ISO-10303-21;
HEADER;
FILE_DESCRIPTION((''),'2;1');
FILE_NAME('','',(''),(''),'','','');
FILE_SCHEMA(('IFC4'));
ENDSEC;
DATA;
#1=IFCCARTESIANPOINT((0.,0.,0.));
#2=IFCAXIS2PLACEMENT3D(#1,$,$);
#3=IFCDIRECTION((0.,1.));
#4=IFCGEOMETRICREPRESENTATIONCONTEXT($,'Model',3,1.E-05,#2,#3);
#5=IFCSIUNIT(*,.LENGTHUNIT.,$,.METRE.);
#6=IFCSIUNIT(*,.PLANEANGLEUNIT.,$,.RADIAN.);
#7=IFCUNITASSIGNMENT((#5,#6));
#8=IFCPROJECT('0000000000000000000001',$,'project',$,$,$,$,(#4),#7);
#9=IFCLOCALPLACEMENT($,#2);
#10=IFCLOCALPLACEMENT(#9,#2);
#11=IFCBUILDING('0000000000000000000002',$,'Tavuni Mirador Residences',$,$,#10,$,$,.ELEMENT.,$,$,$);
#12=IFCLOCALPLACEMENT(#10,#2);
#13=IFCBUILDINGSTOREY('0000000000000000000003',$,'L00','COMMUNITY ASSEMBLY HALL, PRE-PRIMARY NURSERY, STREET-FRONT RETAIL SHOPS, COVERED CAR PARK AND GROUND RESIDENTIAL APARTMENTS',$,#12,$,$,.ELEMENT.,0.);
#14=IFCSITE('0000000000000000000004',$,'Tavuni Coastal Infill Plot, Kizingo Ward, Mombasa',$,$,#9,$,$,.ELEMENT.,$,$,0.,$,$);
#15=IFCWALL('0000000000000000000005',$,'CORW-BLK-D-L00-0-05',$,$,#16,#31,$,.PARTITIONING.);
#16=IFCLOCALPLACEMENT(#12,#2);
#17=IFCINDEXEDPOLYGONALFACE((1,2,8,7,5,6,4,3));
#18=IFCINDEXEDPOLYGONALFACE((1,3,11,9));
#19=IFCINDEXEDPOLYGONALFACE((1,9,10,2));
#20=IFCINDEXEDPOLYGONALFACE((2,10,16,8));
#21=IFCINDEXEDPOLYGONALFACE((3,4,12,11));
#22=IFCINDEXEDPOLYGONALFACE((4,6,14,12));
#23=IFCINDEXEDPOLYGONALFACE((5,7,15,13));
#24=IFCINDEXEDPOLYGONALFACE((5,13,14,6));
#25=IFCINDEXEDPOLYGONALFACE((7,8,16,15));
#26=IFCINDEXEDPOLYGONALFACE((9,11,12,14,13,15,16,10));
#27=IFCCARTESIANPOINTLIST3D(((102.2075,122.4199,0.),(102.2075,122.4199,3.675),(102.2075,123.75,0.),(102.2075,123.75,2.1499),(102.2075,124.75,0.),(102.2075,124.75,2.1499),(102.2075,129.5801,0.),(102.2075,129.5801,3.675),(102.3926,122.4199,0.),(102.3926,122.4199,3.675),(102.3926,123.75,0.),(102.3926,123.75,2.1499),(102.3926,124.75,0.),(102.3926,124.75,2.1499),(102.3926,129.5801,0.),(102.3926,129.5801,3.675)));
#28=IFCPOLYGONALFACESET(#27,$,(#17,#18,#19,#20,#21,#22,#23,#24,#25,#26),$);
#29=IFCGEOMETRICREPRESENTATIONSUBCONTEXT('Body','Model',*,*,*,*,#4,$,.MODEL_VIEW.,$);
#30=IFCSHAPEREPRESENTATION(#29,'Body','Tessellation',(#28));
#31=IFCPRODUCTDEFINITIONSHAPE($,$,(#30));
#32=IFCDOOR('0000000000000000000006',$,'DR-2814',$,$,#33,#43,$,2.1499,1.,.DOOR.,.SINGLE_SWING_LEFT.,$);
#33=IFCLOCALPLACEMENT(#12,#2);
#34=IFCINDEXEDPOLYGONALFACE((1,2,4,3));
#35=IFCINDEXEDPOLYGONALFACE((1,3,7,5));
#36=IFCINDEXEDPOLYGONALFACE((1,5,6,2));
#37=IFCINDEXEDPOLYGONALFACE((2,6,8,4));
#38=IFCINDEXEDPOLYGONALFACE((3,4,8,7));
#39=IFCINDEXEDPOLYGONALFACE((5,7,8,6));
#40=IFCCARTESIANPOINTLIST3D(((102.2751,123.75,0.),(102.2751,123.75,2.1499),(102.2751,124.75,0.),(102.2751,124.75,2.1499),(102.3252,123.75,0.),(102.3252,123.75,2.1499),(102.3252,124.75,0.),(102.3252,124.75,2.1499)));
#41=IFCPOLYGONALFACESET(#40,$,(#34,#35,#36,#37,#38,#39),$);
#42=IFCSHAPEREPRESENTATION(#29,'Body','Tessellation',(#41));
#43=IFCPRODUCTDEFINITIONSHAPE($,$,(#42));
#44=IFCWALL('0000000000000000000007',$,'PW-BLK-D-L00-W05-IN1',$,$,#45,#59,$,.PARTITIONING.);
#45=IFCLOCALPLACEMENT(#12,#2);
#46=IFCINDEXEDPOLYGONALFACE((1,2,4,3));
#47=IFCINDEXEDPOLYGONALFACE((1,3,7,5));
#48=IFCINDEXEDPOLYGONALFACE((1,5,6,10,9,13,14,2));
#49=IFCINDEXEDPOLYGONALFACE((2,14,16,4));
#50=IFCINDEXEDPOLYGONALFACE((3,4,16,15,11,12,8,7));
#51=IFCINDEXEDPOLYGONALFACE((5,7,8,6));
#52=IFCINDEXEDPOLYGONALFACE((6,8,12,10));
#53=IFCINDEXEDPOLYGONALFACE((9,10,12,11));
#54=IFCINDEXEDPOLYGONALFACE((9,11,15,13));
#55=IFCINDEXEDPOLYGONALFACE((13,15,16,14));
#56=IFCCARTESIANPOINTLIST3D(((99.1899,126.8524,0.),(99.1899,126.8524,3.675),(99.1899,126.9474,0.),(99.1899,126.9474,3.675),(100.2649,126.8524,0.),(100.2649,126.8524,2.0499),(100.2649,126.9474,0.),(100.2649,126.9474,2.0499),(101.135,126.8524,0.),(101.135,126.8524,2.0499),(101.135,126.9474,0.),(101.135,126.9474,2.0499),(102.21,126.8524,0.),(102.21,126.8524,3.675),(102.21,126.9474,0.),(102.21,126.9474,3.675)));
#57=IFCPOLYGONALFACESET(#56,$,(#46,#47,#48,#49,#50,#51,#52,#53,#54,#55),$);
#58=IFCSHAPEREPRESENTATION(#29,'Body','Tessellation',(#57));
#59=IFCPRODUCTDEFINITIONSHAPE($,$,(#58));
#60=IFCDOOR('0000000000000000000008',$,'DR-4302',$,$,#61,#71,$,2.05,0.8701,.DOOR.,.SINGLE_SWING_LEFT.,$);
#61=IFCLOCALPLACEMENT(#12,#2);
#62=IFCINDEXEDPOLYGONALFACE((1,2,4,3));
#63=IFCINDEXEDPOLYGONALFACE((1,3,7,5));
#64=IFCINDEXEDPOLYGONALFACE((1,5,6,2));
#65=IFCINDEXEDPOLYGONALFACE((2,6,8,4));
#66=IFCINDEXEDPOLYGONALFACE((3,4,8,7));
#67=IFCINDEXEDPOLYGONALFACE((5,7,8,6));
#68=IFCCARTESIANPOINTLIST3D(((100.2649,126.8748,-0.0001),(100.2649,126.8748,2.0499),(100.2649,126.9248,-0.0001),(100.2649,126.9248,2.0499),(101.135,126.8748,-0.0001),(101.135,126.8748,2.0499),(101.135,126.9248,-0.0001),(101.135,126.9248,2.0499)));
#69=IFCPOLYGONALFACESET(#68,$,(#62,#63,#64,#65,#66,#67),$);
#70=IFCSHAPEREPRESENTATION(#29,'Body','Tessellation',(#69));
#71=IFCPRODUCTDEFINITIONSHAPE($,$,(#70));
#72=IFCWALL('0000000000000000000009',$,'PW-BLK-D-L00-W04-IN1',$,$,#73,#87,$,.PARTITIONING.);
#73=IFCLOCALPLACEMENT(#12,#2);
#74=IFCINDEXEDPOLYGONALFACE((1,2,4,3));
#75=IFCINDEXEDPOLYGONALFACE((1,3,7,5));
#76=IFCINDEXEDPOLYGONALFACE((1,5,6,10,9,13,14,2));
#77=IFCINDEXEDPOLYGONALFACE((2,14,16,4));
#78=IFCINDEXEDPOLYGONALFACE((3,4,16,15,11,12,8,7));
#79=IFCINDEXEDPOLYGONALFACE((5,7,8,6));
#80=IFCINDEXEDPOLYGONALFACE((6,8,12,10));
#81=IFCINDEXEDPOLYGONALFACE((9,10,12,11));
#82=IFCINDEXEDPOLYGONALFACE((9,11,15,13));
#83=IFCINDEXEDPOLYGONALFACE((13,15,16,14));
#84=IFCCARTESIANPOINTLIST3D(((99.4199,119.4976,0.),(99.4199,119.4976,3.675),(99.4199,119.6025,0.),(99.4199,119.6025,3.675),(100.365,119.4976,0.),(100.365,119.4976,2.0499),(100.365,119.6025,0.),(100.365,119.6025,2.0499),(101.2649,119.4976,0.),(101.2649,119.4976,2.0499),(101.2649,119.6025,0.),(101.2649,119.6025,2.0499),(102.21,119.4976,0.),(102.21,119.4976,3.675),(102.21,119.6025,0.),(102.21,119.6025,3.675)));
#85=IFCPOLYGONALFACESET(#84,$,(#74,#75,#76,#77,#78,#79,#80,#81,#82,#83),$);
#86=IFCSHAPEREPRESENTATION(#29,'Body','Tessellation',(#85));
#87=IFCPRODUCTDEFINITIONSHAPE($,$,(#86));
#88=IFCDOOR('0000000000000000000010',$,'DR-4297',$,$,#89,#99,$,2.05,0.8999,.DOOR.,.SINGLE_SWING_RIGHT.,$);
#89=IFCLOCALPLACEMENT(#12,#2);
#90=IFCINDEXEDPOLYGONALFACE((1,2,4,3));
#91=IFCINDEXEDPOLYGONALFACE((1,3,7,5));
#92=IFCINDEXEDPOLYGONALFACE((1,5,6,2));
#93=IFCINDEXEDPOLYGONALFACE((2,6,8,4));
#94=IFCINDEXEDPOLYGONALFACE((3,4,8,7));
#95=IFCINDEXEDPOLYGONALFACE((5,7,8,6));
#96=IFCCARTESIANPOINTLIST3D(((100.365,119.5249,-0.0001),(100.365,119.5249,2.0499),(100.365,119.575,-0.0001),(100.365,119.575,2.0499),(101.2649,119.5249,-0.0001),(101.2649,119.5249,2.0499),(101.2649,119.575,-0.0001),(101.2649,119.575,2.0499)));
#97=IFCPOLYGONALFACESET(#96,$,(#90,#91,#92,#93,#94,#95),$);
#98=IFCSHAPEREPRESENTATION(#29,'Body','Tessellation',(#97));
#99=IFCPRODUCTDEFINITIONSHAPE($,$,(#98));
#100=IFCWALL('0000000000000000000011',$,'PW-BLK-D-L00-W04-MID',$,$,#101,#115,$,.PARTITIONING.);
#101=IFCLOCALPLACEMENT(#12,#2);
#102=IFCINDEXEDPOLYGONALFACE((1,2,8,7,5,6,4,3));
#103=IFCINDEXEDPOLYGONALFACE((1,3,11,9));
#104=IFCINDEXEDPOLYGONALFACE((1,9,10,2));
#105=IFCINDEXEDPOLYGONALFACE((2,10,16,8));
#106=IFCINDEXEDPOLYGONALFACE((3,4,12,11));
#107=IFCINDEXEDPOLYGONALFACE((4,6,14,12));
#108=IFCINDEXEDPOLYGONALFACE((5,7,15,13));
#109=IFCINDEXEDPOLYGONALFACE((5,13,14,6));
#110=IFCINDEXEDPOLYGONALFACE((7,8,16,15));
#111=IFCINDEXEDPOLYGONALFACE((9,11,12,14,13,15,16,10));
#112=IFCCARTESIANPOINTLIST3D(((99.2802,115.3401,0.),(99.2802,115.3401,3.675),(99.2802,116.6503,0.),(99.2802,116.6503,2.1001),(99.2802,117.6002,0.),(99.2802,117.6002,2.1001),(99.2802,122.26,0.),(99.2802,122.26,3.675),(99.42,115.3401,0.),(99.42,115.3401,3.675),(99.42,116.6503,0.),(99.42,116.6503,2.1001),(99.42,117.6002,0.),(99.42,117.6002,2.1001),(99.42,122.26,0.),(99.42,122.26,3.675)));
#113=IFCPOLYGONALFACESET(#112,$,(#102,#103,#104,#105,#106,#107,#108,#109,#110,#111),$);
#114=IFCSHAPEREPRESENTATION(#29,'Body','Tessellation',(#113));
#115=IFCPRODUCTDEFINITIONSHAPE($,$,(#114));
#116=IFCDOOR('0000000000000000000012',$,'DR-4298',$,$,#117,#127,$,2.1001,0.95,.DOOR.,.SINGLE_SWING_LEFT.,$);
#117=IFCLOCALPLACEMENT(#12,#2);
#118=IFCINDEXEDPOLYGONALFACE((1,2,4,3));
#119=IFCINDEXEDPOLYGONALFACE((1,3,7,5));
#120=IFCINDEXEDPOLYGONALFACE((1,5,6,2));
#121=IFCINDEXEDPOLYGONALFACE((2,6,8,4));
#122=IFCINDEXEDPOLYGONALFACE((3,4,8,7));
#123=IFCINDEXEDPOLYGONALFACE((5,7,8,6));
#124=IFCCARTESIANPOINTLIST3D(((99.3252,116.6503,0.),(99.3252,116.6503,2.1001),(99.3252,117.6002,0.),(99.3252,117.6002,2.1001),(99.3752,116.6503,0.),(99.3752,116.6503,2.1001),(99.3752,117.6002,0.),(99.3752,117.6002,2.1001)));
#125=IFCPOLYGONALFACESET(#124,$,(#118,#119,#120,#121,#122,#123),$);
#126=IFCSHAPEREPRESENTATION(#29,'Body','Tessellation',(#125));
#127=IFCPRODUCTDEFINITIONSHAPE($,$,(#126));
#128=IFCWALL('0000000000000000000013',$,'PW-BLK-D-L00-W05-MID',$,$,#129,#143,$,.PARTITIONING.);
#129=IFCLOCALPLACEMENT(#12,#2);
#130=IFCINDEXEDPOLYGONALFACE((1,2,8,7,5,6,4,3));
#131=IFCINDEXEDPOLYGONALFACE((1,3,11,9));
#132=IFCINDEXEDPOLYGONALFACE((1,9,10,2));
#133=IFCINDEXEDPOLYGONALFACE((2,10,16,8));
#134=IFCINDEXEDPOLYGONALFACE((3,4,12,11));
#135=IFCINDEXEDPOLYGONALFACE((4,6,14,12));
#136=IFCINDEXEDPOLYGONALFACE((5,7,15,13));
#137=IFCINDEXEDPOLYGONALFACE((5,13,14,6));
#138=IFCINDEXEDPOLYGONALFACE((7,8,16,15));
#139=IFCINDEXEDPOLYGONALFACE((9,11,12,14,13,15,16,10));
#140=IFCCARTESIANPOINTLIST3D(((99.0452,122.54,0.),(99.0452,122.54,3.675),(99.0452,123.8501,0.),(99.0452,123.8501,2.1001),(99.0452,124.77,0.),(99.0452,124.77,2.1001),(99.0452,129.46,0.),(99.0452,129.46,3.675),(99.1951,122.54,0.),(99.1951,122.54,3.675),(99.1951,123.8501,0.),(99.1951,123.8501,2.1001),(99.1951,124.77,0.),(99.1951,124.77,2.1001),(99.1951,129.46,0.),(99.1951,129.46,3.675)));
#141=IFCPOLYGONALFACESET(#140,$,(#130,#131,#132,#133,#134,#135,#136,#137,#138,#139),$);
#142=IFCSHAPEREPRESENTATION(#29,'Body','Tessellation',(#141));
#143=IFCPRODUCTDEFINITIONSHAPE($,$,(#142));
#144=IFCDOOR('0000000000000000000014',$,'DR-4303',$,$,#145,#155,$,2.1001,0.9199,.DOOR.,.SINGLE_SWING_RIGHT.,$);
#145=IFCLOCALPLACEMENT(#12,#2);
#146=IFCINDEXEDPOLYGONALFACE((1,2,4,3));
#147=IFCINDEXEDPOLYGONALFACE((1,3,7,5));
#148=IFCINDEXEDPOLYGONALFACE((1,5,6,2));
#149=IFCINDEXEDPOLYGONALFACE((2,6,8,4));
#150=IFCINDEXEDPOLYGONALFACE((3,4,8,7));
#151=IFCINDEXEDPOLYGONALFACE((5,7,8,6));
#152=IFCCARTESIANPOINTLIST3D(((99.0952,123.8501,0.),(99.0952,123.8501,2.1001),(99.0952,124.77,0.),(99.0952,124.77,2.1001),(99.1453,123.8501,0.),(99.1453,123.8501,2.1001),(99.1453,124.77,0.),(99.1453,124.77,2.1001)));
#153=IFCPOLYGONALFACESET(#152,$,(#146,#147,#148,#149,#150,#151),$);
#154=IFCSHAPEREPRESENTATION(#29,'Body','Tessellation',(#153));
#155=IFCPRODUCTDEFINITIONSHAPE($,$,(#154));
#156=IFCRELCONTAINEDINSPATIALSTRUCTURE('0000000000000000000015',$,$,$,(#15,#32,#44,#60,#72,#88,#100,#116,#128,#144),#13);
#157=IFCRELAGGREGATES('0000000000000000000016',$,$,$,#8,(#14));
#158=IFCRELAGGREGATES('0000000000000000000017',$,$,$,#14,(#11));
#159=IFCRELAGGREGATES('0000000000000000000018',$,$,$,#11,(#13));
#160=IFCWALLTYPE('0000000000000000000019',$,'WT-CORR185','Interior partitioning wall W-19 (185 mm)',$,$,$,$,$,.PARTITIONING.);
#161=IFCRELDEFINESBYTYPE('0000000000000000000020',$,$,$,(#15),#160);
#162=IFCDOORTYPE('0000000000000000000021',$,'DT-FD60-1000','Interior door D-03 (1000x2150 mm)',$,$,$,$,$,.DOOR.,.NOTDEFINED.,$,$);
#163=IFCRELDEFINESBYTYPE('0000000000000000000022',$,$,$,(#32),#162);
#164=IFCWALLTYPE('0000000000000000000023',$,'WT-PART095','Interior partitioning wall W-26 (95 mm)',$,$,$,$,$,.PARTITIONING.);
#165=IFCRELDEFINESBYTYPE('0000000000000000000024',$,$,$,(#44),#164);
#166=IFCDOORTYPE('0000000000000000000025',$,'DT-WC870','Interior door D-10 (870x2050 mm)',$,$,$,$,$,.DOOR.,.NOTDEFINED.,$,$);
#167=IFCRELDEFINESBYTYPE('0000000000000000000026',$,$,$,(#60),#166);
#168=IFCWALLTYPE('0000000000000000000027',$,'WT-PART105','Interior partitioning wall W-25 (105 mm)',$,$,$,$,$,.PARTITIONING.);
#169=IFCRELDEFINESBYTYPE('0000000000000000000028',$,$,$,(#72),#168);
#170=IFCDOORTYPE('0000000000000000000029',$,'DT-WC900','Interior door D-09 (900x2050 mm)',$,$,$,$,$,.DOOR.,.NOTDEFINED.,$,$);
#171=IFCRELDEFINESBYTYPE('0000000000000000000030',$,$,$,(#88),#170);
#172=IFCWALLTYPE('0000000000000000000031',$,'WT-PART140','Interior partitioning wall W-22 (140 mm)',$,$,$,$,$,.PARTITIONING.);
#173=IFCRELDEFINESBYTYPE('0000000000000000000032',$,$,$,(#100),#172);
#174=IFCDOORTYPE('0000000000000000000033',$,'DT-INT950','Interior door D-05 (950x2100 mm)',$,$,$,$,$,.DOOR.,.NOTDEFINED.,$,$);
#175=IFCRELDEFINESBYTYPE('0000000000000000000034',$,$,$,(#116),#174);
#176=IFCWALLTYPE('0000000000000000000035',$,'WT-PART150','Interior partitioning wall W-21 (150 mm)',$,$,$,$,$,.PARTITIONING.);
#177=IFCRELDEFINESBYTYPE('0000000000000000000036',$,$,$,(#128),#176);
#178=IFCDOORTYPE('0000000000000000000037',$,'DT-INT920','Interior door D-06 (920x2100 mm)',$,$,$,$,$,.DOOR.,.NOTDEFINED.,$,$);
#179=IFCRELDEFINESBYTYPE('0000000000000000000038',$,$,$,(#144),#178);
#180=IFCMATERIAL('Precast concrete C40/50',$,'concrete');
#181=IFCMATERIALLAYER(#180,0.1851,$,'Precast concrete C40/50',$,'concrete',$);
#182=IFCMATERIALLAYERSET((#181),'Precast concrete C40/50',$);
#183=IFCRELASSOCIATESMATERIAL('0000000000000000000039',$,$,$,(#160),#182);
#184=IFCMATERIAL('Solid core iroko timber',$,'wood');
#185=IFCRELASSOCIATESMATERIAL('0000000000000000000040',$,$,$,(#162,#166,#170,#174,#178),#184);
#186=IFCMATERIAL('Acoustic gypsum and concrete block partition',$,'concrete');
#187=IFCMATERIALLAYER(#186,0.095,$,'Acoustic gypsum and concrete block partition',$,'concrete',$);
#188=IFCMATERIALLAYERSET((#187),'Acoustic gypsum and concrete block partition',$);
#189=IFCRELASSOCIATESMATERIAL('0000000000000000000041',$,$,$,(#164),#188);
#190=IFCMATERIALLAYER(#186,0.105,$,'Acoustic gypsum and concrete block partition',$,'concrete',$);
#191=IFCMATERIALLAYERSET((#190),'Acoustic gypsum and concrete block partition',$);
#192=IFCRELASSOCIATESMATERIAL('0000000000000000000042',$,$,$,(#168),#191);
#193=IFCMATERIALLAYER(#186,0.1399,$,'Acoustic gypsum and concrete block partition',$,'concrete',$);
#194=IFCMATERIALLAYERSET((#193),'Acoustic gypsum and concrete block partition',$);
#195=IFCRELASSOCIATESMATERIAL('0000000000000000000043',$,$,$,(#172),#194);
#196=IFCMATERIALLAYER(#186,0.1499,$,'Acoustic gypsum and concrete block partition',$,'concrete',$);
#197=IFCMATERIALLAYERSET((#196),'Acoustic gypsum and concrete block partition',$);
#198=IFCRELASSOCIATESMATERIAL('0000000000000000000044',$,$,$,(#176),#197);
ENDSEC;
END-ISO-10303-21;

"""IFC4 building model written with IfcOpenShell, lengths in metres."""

from ifc_helpers import new_model, si_unit, direction, frame, frame_2d, origin, place, context, subcontext, project, spatial, rectangle, extrude, material, layer, layer_set, type_object, element, fill, save


model = new_model("IFC4")

# Units and contexts
model_context = context("Model", 3, precision=1e-05, world=origin(), true_north=direction((0.0, 1.0)))
body_context = subcontext(model_context, "Body", "Model", "MODEL_VIEW")
ifc_project = project(units=[si_unit("LENGTHUNIT", "METRE"), si_unit("PLANEANGLEUNIT", "RADIAN")], contexts=[model_context])

# Site, building, storey
site_placement = place(None, origin())
site = spatial("IfcSite", under=ifc_project, at=site_placement, Name="Tavuni Coastal Infill Plot, Kizingo Ward, Mombasa", CompositionType="ELEMENT", RefElevation=0.0)
building_placement = place(site_placement, origin())
building = spatial("IfcBuilding", under=site, at=building_placement, Name="Tavuni Mirador Residences", CompositionType="ELEMENT")
storey_placement = place(building_placement, origin())
storey = spatial("IfcBuildingStorey", under=building, at=storey_placement, Name="L00", Description="COMMUNITY ASSEMBLY HALL, PRE-PRIMARY NURSERY, STREET-FRONT RETAIL SHOPS, COVERED CAR PARK AND GROUND RESIDENTIAL APARTMENTS", CompositionType="ELEMENT", Elevation=0.0)

# Shared definitions
ifc_material_1 = material(Name="Precast concrete C40/50", Category="concrete")

# Walls, openings, doors
ifc_layer_1 = layer(ifc_material_1, 0.1851, Name="Precast concrete C40/50", Category="concrete")
ifc_layer_set_1 = layer_set([ifc_layer_1], Name="Precast concrete C40/50")
wall_type_1 = type_object("IfcWallType", Name="WT-CORR185", Description="Interior partitioning wall W-19 (185 mm)", PredefinedType="PARTITIONING", material=ifc_layer_set_1)
ifc_material_2 = material(Name="Solid core iroko timber", Category="wood")
wall_1_placement = place(storey_placement, frame((102.3, 122.4199, 0.0), z_axis=(0.0, 0.0, 1.0), x_axis=(0.0, 1.0, 0.0)))
wall_1 = element("IfcWall", 1, at=wall_1_placement, inside=storey, type_object=wall_type_1, Name="CORW-BLK-D-L00-0-05", PredefinedType="PARTITIONING", context=body_context, shape_type="SweptSolid", body=[
    extrude(rectangle(XDim=7.1602, YDim=0.1851, at=frame_2d((3.5801, 0.0))), origin(), (0.0, 0.0, 1.0), 3.675),
])
opening_1_placement = place(wall_1_placement, frame((1.3301, 0.0, 0.0)))
opening_1 = element("IfcOpeningElement", 2, at=opening_1_placement, cuts=wall_1, PredefinedType="OPENING", context=body_context, shape_type="SweptSolid", body=[
    extrude(rectangle(XDim=1.0, YDim=2.1499, at=frame_2d((0.5, 1.075))), frame((0.0, 0.1025, 0.0), z_axis=(0.0, -1.0, 0.0), x_axis=(1.0, 0.0, 0.0)), (0.0, 0.0, 1.0), 0.2051),
])
door_type_1 = type_object("IfcDoorType", Name="DT-FD60-1000", Description="Interior door D-03 (1000x2150 mm)", OperationType="NOTDEFINED", PredefinedType="DOOR", material=ifc_material_2)
door_1_placement = place(opening_1_placement, origin())
door_1 = element("IfcDoor", 3, at=door_1_placement, inside=storey, type_object=door_type_1, Name="DR-2814", OperationType="SINGLE_SWING_LEFT", OverallHeight=2.1499, OverallWidth=1.0, PredefinedType="DOOR", context=body_context, shape_type="SweptSolid", body=[
    extrude(rectangle(XDim=1.0, YDim=2.1499, at=frame_2d((0.5, 1.075))), frame((0.0, 0.0249, 0.0), z_axis=(0.0, -1.0, 0.0), x_axis=(1.0, 0.0, 0.0)), (0.0, 0.0, 1.0), 0.05),
])
fill(opening_1, door_1)
ifc_material_3 = material(Name="Acoustic gypsum and concrete block partition", Category="concrete")
ifc_layer_2 = layer(ifc_material_3, 0.095, Name="Acoustic gypsum and concrete block partition", Category="concrete")
ifc_layer_set_2 = layer_set([ifc_layer_2], Name="Acoustic gypsum and concrete block partition")
wall_type_2 = type_object("IfcWallType", Name="WT-PART095", Description="Interior partitioning wall W-26 (95 mm)", PredefinedType="PARTITIONING", material=ifc_layer_set_2)
wall_2_placement = place(storey_placement, frame((99.1899, 126.8999, 0.0), z_axis=(0.0, 0.0, 1.0), x_axis=(1.0, 0.0, 0.0)))
wall_2 = element("IfcWall", 4, at=wall_2_placement, inside=storey, type_object=wall_type_2, Name="PW-BLK-D-L00-W05-IN1", PredefinedType="PARTITIONING", context=body_context, shape_type="SweptSolid", body=[
    extrude(rectangle(XDim=3.02, YDim=0.095, at=frame_2d((1.51, 0.0))), origin(), (0.0, 0.0, 1.0), 3.675),
])
opening_2_placement = place(wall_2_placement, frame((1.075, 0.0, 0.0)))
opening_2 = element("IfcOpeningElement", 5, at=opening_2_placement, cuts=wall_2, PredefinedType="OPENING", context=body_context, shape_type="SweptSolid", body=[
    extrude(rectangle(XDim=0.8701, YDim=2.05, at=frame_2d((0.4351, 1.0249))), frame((0.0, 0.0576, 0.0), z_axis=(0.0, -1.0, 0.0), x_axis=(1.0, 0.0, 0.0)), (0.0, 0.0, 1.0), 0.115),
])
door_type_2 = type_object("IfcDoorType", Name="DT-WC870", Description="Interior door D-10 (870x2050 mm)", OperationType="NOTDEFINED", PredefinedType="DOOR", material=ifc_material_2)
door_2_placement = place(opening_2_placement, origin())
door_2 = element("IfcDoor", 6, at=door_2_placement, inside=storey, type_object=door_type_2, Name="DR-4302", OperationType="SINGLE_SWING_LEFT", OverallHeight=2.05, OverallWidth=0.8701, PredefinedType="DOOR", context=body_context, shape_type="SweptSolid", body=[
    extrude(rectangle(XDim=0.8701, YDim=2.05, at=frame_2d((0.4351, 1.0249))), frame((0.0, 0.0249, 0.0), z_axis=(0.0, -1.0, 0.0), x_axis=(1.0, 0.0, 0.0)), (0.0, 0.0, 1.0), 0.05),
])
fill(opening_2, door_2)
ifc_layer_3 = layer(ifc_material_3, 0.105, Name="Acoustic gypsum and concrete block partition", Category="concrete")
ifc_layer_set_3 = layer_set([ifc_layer_3], Name="Acoustic gypsum and concrete block partition")
wall_type_3 = type_object("IfcWallType", Name="WT-PART105", Description="Interior partitioning wall W-25 (105 mm)", PredefinedType="PARTITIONING", material=ifc_layer_set_3)
wall_3_placement = place(storey_placement, frame((99.4199, 119.55, 0.0), z_axis=(0.0, 0.0, 1.0), x_axis=(1.0, 0.0, 0.0)))
wall_3 = element("IfcWall", 7, at=wall_3_placement, inside=storey, type_object=wall_type_3, Name="PW-BLK-D-L00-W04-IN1", PredefinedType="PARTITIONING", context=body_context, shape_type="SweptSolid", body=[
    extrude(rectangle(XDim=2.79, YDim=0.105, at=frame_2d((1.395, 0.0))), origin(), (0.0, 0.0, 1.0), 3.675),
])
opening_3_placement = place(wall_3_placement, frame((0.9451, 0.0, 0.0)))
opening_3 = element("IfcOpeningElement", 8, at=opening_3_placement, cuts=wall_3, PredefinedType="OPENING", context=body_context, shape_type="SweptSolid", body=[
    extrude(rectangle(XDim=0.8999, YDim=2.05, at=frame_2d((0.45, 1.0249))), frame((0.0, 0.0625, 0.0), z_axis=(0.0, -1.0, 0.0), x_axis=(1.0, 0.0, 0.0)), (0.0, 0.0, 1.0), 0.125),
])
door_type_3 = type_object("IfcDoorType", Name="DT-WC900", Description="Interior door D-09 (900x2050 mm)", OperationType="NOTDEFINED", PredefinedType="DOOR", material=ifc_material_2)
door_3_placement = place(opening_3_placement, origin())
door_3 = element("IfcDoor", 9, at=door_3_placement, inside=storey, type_object=door_type_3, Name="DR-4297", OperationType="SINGLE_SWING_RIGHT", OverallHeight=2.05, OverallWidth=0.8999, PredefinedType="DOOR", context=body_context, shape_type="SweptSolid", body=[
    extrude(rectangle(XDim=0.8999, YDim=2.05, at=frame_2d((0.45, 1.0249))), frame((0.0, 0.0249, 0.0), z_axis=(0.0, -1.0, 0.0), x_axis=(1.0, 0.0, 0.0)), (0.0, 0.0, 1.0), 0.05),
])
fill(opening_3, door_3)
ifc_layer_4 = layer(ifc_material_3, 0.1399, Name="Acoustic gypsum and concrete block partition", Category="concrete")
ifc_layer_set_4 = layer_set([ifc_layer_4], Name="Acoustic gypsum and concrete block partition")
wall_type_4 = type_object("IfcWallType", Name="WT-PART140", Description="Interior partitioning wall W-22 (140 mm)", PredefinedType="PARTITIONING", material=ifc_layer_set_4)
wall_4_placement = place(storey_placement, frame((99.3501, 115.3401, 0.0), z_axis=(0.0, 0.0, 1.0), x_axis=(0.0, 1.0, 0.0)))
wall_4 = element("IfcWall", 10, at=wall_4_placement, inside=storey, type_object=wall_type_4, Name="PW-BLK-D-L00-W04-MID", PredefinedType="PARTITIONING", context=body_context, shape_type="SweptSolid", body=[
    extrude(rectangle(XDim=6.9199, YDim=0.1399, at=frame_2d((3.46, 0.0))), origin(), (0.0, 0.0, 1.0), 3.675),
])
opening_4_placement = place(wall_4_placement, frame((1.3101, 0.0, 0.0)))
opening_4 = element("IfcOpeningElement", 11, at=opening_4_placement, cuts=wall_4, PredefinedType="OPENING", context=body_context, shape_type="SweptSolid", body=[
    extrude(rectangle(XDim=0.95, YDim=2.1001, at=frame_2d((0.4751, 1.05))), frame((0.0, 0.0801, 0.0), z_axis=(0.0, -1.0, 0.0), x_axis=(1.0, 0.0, 0.0)), (0.0, 0.0, 1.0), 0.1599),
])
door_type_4 = type_object("IfcDoorType", Name="DT-INT950", Description="Interior door D-05 (950x2100 mm)", OperationType="NOTDEFINED", PredefinedType="DOOR", material=ifc_material_2)
door_4_placement = place(opening_4_placement, origin())
door_4 = element("IfcDoor", 12, at=door_4_placement, inside=storey, type_object=door_type_4, Name="DR-4298", OperationType="SINGLE_SWING_LEFT", OverallHeight=2.1001, OverallWidth=0.95, PredefinedType="DOOR", context=body_context, shape_type="SweptSolid", body=[
    extrude(rectangle(XDim=0.95, YDim=2.1001, at=frame_2d((0.4751, 1.05))), frame((0.0, 0.0249, 0.0), z_axis=(0.0, -1.0, 0.0), x_axis=(1.0, 0.0, 0.0)), (0.0, 0.0, 1.0), 0.05),
])
fill(opening_4, door_4)
ifc_layer_5 = layer(ifc_material_3, 0.1499, Name="Acoustic gypsum and concrete block partition", Category="concrete")
ifc_layer_set_5 = layer_set([ifc_layer_5], Name="Acoustic gypsum and concrete block partition")
wall_type_5 = type_object("IfcWallType", Name="WT-PART150", Description="Interior partitioning wall W-21 (150 mm)", PredefinedType="PARTITIONING", material=ifc_layer_set_5)
wall_5_placement = place(storey_placement, frame((99.1201, 122.54, 0.0), z_axis=(0.0, 0.0, 1.0), x_axis=(0.0, 1.0, 0.0)))
wall_5 = element("IfcWall", 13, at=wall_5_placement, inside=storey, type_object=wall_type_5, Name="PW-BLK-D-L00-W05-MID", PredefinedType="PARTITIONING", context=body_context, shape_type="SweptSolid", body=[
    extrude(rectangle(XDim=6.9199, YDim=0.1499, at=frame_2d((3.46, 0.0))), origin(), (0.0, 0.0, 1.0), 3.675),
])
opening_5_placement = place(wall_5_placement, frame((1.3101, 0.0, 0.0)))
opening_5 = element("IfcOpeningElement", 14, at=opening_5_placement, cuts=wall_5, PredefinedType="OPENING", context=body_context, shape_type="SweptSolid", body=[
    extrude(rectangle(XDim=0.9199, YDim=2.1001, at=frame_2d((0.46, 1.05))), frame((0.0, 0.085, 0.0), z_axis=(0.0, -1.0, 0.0), x_axis=(1.0, 0.0, 0.0)), (0.0, 0.0, 1.0), 0.1699),
])
door_type_5 = type_object("IfcDoorType", Name="DT-INT920", Description="Interior door D-06 (920x2100 mm)", OperationType="NOTDEFINED", PredefinedType="DOOR", material=ifc_material_2)
door_5_placement = place(opening_5_placement, origin())
door_5 = element("IfcDoor", 15, at=door_5_placement, inside=storey, type_object=door_type_5, Name="DR-4303", OperationType="SINGLE_SWING_RIGHT", OverallHeight=2.1001, OverallWidth=0.9199, PredefinedType="DOOR", context=body_context, shape_type="SweptSolid", body=[
    extrude(rectangle(XDim=0.9199, YDim=2.1001, at=frame_2d((0.46, 1.05))), frame((0.0, 0.0249, 0.0), z_axis=(0.0, -1.0, 0.0), x_axis=(1.0, 0.0, 0.0)), (0.0, 0.0, 1.0), 0.05),
])
fill(opening_5, door_5)

save(model, "model.ifc")
